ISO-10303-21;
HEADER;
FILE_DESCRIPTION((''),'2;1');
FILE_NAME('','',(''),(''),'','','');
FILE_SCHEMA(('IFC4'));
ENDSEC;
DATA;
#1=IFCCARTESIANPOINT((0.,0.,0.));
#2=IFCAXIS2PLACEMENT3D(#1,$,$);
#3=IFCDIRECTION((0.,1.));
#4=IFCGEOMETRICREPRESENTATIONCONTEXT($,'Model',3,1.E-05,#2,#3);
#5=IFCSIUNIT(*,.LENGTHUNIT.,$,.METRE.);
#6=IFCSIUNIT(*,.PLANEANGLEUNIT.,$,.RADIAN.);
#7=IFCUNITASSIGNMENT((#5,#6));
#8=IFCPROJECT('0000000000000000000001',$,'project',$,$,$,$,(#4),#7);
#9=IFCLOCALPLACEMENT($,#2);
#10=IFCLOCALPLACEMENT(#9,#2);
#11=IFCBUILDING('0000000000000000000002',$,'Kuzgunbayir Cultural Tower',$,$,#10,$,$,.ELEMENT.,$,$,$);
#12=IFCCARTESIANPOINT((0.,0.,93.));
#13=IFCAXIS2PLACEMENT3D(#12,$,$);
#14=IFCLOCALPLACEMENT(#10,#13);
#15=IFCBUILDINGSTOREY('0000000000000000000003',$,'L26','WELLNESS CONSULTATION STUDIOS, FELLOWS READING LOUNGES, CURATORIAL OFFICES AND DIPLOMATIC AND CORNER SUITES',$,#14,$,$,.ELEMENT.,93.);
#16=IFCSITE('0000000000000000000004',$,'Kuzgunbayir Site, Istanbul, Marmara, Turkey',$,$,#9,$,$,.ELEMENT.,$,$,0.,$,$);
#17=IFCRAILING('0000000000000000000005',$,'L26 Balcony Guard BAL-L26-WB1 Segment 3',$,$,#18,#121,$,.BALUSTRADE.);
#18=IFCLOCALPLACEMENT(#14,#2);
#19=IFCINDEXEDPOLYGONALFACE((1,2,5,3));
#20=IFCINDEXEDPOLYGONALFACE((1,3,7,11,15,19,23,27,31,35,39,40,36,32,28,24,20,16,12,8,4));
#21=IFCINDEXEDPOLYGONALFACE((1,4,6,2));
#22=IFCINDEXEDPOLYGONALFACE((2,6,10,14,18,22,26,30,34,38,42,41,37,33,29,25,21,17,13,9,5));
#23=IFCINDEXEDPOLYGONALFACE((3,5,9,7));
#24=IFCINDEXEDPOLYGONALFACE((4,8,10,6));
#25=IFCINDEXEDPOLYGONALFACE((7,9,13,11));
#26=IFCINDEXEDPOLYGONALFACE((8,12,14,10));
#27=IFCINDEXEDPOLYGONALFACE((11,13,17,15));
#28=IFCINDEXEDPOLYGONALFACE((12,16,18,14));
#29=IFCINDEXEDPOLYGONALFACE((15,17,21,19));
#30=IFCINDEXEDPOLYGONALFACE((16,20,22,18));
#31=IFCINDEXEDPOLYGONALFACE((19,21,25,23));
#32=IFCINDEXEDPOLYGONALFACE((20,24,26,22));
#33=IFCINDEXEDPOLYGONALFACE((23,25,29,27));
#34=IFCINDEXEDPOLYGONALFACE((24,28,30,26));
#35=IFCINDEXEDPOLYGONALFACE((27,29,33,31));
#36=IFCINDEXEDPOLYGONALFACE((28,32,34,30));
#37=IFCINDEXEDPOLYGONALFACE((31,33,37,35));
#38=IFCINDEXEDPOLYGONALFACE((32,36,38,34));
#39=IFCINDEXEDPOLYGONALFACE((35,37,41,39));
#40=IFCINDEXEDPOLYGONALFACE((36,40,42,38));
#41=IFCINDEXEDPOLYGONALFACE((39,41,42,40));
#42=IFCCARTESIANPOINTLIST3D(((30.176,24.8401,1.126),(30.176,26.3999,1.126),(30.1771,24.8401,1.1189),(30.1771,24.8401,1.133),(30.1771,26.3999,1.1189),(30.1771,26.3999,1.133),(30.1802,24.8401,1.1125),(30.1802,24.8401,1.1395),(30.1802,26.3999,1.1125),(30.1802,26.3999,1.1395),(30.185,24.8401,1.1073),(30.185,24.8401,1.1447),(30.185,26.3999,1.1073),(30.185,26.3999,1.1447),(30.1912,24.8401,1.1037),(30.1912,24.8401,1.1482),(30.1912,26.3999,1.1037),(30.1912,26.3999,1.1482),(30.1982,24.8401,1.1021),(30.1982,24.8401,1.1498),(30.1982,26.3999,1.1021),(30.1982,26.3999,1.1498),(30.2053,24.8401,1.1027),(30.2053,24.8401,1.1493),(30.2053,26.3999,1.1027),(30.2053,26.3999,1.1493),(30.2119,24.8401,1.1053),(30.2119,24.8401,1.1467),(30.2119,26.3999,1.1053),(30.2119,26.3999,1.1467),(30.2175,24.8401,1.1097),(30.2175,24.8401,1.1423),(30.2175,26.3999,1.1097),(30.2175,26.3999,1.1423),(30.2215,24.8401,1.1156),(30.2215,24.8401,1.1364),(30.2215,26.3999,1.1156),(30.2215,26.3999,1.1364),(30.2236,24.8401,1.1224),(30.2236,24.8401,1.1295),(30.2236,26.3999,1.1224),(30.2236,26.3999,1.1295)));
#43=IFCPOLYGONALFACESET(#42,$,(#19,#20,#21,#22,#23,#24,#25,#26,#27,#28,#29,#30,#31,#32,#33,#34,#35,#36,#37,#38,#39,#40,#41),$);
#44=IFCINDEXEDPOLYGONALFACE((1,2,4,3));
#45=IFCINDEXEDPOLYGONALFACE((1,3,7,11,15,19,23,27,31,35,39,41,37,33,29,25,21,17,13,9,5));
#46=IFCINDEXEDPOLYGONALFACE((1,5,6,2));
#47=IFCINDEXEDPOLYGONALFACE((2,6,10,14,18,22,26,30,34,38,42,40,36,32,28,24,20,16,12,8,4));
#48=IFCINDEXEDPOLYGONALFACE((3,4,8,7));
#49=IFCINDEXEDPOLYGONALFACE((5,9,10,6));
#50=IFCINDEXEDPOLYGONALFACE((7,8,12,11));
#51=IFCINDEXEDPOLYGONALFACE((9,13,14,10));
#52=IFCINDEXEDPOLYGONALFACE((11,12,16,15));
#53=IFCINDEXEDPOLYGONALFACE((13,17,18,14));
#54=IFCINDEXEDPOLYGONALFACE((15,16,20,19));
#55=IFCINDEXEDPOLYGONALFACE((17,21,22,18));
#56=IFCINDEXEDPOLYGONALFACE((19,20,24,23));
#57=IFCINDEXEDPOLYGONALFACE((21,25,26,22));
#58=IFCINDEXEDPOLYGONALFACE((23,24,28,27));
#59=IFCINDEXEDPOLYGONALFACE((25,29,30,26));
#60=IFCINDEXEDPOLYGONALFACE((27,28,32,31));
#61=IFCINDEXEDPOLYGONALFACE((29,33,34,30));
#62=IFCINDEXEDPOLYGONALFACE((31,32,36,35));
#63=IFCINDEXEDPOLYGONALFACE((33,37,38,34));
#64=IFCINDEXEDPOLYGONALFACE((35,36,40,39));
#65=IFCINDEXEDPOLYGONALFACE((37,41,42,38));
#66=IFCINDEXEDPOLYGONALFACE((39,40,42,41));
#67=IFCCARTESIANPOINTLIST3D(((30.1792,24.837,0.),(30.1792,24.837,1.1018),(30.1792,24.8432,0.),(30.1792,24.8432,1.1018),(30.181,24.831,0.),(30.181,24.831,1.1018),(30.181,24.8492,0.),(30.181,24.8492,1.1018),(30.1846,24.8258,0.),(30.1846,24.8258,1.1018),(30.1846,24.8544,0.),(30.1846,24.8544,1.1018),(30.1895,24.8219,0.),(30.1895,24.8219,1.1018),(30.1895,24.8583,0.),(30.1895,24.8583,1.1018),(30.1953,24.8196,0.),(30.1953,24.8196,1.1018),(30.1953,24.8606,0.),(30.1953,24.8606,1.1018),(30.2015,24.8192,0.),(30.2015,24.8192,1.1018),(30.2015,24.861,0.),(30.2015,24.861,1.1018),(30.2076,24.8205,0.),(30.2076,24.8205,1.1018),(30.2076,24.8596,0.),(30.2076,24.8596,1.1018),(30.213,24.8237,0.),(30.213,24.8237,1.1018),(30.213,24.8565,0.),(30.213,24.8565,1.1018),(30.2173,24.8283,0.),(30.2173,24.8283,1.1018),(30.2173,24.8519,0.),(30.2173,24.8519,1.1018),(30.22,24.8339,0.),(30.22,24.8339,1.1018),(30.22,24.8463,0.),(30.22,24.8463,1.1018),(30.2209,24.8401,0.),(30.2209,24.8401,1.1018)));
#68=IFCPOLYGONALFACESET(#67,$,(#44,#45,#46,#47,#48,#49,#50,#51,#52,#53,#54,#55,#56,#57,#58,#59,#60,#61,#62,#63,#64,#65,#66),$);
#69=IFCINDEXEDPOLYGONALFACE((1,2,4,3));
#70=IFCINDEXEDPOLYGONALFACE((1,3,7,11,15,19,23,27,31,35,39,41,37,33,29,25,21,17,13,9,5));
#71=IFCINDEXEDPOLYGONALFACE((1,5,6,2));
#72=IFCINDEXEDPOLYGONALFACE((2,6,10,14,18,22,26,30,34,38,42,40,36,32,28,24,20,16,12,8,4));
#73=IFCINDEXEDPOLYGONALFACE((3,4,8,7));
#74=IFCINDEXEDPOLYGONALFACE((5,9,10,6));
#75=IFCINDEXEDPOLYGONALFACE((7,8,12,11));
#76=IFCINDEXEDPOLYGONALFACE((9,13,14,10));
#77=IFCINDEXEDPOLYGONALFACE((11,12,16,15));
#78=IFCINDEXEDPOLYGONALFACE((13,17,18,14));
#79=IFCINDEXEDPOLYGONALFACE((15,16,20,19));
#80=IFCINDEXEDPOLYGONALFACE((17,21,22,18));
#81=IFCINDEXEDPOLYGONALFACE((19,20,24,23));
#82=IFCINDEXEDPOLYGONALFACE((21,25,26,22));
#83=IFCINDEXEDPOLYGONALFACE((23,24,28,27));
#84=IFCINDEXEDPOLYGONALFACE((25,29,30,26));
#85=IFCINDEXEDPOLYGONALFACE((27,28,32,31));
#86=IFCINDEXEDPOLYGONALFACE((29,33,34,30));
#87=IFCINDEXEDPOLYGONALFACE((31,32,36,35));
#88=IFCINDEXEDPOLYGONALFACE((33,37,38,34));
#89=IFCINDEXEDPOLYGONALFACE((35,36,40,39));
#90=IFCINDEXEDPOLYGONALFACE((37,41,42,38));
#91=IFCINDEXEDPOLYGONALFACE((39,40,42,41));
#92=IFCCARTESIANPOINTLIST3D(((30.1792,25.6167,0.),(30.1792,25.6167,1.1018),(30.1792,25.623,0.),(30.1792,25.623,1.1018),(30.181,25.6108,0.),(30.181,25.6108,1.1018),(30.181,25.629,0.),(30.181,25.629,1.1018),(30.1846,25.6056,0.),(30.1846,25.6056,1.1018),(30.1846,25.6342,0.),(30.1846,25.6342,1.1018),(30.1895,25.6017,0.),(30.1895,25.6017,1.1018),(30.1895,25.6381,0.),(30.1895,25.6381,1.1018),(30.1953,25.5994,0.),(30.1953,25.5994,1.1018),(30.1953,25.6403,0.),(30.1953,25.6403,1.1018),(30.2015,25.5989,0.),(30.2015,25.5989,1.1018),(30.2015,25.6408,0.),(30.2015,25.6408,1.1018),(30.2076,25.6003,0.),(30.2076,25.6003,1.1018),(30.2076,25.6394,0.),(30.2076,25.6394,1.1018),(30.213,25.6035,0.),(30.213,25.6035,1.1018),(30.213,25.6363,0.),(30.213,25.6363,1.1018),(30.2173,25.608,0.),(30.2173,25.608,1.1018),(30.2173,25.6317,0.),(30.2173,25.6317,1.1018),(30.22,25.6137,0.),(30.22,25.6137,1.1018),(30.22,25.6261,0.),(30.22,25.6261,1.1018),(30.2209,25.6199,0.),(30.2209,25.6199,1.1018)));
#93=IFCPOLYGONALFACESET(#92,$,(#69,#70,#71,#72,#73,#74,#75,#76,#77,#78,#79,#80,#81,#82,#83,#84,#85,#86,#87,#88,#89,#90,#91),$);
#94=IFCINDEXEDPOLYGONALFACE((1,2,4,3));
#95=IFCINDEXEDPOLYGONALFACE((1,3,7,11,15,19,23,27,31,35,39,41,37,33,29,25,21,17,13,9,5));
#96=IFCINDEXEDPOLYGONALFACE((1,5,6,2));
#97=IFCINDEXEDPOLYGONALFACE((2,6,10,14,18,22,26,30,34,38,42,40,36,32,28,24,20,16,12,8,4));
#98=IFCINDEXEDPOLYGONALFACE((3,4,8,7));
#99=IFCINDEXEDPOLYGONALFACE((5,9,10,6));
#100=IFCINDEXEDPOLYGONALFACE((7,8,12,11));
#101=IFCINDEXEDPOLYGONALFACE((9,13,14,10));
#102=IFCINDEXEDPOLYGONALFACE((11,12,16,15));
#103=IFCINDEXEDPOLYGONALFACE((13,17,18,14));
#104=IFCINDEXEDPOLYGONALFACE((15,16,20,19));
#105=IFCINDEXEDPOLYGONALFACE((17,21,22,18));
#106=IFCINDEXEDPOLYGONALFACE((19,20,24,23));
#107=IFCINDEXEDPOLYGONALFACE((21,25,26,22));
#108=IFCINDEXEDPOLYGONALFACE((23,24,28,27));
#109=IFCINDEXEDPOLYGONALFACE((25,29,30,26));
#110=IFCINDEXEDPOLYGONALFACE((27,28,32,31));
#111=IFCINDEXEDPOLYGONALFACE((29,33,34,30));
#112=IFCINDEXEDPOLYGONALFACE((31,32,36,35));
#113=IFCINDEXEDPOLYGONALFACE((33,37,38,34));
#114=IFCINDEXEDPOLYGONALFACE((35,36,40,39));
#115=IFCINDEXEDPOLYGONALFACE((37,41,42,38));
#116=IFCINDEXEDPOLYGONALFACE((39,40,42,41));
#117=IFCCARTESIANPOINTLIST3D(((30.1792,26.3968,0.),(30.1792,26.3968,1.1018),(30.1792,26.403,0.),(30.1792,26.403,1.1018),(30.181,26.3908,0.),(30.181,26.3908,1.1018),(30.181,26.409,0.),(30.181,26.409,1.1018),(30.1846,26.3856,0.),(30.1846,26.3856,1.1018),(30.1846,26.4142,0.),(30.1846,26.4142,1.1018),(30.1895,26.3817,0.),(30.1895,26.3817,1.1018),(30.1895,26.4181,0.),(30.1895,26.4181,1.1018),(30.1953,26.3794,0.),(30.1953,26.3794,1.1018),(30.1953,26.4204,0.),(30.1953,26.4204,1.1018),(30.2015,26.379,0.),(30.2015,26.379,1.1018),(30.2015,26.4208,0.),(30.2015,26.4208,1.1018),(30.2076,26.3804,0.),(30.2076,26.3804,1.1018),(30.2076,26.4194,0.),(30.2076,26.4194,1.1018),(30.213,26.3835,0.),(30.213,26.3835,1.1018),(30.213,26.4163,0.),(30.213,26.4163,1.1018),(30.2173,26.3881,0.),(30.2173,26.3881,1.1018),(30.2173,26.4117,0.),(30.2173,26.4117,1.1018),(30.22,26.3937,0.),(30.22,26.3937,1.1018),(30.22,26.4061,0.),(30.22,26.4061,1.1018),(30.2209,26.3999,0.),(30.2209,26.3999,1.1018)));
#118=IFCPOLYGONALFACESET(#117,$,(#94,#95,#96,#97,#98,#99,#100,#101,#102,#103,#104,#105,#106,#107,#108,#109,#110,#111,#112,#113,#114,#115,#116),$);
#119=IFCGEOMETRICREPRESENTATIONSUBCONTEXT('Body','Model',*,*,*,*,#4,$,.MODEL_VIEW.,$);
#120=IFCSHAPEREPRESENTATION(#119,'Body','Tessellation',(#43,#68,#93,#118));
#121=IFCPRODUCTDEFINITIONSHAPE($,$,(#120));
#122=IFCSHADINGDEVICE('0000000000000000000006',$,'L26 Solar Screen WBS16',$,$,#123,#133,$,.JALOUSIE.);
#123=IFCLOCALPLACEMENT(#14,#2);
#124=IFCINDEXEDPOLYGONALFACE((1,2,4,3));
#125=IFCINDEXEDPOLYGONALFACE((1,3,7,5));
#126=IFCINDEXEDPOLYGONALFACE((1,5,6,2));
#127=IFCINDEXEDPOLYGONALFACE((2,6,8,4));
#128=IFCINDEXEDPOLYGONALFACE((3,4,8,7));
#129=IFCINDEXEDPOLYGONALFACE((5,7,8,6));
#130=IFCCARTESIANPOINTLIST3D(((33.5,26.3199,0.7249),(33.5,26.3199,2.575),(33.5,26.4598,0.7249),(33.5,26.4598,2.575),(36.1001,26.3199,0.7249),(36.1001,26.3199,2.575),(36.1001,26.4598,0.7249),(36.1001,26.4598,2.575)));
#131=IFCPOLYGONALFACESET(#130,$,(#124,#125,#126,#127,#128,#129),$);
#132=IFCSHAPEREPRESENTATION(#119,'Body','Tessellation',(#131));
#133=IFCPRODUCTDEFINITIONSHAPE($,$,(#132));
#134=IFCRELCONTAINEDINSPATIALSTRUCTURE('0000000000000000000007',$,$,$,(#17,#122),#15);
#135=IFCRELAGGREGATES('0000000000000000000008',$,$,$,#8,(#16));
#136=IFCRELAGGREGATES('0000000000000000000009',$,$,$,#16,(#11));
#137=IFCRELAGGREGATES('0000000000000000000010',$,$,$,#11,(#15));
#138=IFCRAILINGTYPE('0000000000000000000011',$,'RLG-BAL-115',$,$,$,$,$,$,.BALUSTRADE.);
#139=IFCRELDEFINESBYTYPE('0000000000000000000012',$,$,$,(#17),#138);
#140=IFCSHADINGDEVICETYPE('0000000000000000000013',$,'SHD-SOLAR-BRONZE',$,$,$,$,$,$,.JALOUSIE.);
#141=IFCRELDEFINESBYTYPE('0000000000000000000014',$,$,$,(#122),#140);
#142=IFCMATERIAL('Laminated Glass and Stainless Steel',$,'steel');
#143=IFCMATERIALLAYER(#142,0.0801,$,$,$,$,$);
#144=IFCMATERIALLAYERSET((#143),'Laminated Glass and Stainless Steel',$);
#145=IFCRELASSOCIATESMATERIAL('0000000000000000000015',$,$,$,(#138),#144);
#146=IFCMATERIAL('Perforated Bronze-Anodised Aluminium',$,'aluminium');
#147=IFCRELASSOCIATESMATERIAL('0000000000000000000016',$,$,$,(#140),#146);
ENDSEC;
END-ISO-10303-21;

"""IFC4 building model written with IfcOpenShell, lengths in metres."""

from ifc_helpers import new_model, si_unit, direction, frame, origin, origin_2d, place, context, subcontext, project, spatial, rectangle, circle, extrude, material, layer, layer_set, type_object, element, save


model = new_model("IFC4")

# Units and contexts
model_context = context("Model", 3, precision=1e-05, world=origin(), true_north=direction((0.0, 1.0)))
body_context = subcontext(model_context, "Body", "Model", "MODEL_VIEW")
ifc_project = project(units=[si_unit("LENGTHUNIT", "METRE"), si_unit("PLANEANGLEUNIT", "RADIAN")], contexts=[model_context])

# Site, building, storey
site_placement = place(None, origin())
site = spatial("IfcSite", under=ifc_project, at=site_placement, Name="Kuzgunbayir Site, Istanbul, Marmara, Turkey", CompositionType="ELEMENT", RefElevation=0.0)
building_placement = place(site_placement, origin())
building = spatial("IfcBuilding", under=site, at=building_placement, Name="Kuzgunbayir Cultural Tower", CompositionType="ELEMENT")
storey_placement = place(building_placement, frame((0.0, 0.0, 93.0)))
storey = spatial("IfcBuildingStorey", under=building, at=storey_placement, Name="L26", Description="WELLNESS CONSULTATION STUDIOS, FELLOWS READING LOUNGES, CURATORIAL OFFICES AND DIPLOMATIC AND CORNER SUITES", CompositionType="ELEMENT", Elevation=93.0)

# Railing
ifc_material_1 = material(Name="Laminated Glass and Stainless Steel", Category="steel")
ifc_layer_1 = layer(ifc_material_1, 0.0801)
ifc_layer_set_1 = layer_set([ifc_layer_1], Name="Laminated Glass and Stainless Steel")
railing_type = type_object("IfcRailingType", Name="RLG-BAL-115", PredefinedType="BALUSTRADE", material=ifc_layer_set_1)
railing_1_placement = place(storey_placement, frame((30.2, 24.8401, 0.0)))
element("IfcRailing", 1, at=railing_1_placement, inside=storey, type_object=railing_type, Name="L26 Balcony Guard BAL-L26-WB1 Segment 3", PredefinedType="BALUSTRADE", context=body_context, shape_type="SweptSolid", body=[
    extrude(circle(Radius=0.0239, at=origin_2d()), frame((0.0, 0.0, 1.126), z_axis=(0.0, 1.0, 0.0), x_axis=(-1.0, 0.0, 0.0)), (0.0, 0.0, 1.0), 1.5598),
    extrude(circle(Radius=0.021, at=origin_2d()), origin(), (0.0, 0.0, 1.0), 1.1018),
    extrude(circle(Radius=0.021, at=origin_2d()), frame((0.0, 0.7798, 0.0)), (0.0, 0.0, 1.0), 1.1018),
    extrude(circle(Radius=0.021, at=origin_2d()), frame((0.0, 1.5598, 0.0)), (0.0, 0.0, 1.0), 1.1018),
])

# Shading device
ifc_material_2 = material(Name="Perforated Bronze-Anodised Aluminium", Category="aluminium")
shading_device_type = type_object("IfcShadingDeviceType", Name="SHD-SOLAR-BRONZE", PredefinedType="JALOUSIE", material=ifc_material_2)
shading_device_placement = place(storey_placement, frame((34.8, 26.3899, 0.7249), z_axis=(0.0, 0.0, 1.0), x_axis=(1.0, 0.0, 0.0)))
element("IfcShadingDevice", 2, at=shading_device_placement, inside=storey, type_object=shading_device_type, Name="L26 Solar Screen WBS16", PredefinedType="JALOUSIE", context=body_context, shape_type="SweptSolid", body=[
    extrude(rectangle(XDim=2.6001, YDim=0.1399, at=origin_2d()), origin(), (0.0, 0.0, 1.0), 1.8501),
])

save(model, "model.ifc")
